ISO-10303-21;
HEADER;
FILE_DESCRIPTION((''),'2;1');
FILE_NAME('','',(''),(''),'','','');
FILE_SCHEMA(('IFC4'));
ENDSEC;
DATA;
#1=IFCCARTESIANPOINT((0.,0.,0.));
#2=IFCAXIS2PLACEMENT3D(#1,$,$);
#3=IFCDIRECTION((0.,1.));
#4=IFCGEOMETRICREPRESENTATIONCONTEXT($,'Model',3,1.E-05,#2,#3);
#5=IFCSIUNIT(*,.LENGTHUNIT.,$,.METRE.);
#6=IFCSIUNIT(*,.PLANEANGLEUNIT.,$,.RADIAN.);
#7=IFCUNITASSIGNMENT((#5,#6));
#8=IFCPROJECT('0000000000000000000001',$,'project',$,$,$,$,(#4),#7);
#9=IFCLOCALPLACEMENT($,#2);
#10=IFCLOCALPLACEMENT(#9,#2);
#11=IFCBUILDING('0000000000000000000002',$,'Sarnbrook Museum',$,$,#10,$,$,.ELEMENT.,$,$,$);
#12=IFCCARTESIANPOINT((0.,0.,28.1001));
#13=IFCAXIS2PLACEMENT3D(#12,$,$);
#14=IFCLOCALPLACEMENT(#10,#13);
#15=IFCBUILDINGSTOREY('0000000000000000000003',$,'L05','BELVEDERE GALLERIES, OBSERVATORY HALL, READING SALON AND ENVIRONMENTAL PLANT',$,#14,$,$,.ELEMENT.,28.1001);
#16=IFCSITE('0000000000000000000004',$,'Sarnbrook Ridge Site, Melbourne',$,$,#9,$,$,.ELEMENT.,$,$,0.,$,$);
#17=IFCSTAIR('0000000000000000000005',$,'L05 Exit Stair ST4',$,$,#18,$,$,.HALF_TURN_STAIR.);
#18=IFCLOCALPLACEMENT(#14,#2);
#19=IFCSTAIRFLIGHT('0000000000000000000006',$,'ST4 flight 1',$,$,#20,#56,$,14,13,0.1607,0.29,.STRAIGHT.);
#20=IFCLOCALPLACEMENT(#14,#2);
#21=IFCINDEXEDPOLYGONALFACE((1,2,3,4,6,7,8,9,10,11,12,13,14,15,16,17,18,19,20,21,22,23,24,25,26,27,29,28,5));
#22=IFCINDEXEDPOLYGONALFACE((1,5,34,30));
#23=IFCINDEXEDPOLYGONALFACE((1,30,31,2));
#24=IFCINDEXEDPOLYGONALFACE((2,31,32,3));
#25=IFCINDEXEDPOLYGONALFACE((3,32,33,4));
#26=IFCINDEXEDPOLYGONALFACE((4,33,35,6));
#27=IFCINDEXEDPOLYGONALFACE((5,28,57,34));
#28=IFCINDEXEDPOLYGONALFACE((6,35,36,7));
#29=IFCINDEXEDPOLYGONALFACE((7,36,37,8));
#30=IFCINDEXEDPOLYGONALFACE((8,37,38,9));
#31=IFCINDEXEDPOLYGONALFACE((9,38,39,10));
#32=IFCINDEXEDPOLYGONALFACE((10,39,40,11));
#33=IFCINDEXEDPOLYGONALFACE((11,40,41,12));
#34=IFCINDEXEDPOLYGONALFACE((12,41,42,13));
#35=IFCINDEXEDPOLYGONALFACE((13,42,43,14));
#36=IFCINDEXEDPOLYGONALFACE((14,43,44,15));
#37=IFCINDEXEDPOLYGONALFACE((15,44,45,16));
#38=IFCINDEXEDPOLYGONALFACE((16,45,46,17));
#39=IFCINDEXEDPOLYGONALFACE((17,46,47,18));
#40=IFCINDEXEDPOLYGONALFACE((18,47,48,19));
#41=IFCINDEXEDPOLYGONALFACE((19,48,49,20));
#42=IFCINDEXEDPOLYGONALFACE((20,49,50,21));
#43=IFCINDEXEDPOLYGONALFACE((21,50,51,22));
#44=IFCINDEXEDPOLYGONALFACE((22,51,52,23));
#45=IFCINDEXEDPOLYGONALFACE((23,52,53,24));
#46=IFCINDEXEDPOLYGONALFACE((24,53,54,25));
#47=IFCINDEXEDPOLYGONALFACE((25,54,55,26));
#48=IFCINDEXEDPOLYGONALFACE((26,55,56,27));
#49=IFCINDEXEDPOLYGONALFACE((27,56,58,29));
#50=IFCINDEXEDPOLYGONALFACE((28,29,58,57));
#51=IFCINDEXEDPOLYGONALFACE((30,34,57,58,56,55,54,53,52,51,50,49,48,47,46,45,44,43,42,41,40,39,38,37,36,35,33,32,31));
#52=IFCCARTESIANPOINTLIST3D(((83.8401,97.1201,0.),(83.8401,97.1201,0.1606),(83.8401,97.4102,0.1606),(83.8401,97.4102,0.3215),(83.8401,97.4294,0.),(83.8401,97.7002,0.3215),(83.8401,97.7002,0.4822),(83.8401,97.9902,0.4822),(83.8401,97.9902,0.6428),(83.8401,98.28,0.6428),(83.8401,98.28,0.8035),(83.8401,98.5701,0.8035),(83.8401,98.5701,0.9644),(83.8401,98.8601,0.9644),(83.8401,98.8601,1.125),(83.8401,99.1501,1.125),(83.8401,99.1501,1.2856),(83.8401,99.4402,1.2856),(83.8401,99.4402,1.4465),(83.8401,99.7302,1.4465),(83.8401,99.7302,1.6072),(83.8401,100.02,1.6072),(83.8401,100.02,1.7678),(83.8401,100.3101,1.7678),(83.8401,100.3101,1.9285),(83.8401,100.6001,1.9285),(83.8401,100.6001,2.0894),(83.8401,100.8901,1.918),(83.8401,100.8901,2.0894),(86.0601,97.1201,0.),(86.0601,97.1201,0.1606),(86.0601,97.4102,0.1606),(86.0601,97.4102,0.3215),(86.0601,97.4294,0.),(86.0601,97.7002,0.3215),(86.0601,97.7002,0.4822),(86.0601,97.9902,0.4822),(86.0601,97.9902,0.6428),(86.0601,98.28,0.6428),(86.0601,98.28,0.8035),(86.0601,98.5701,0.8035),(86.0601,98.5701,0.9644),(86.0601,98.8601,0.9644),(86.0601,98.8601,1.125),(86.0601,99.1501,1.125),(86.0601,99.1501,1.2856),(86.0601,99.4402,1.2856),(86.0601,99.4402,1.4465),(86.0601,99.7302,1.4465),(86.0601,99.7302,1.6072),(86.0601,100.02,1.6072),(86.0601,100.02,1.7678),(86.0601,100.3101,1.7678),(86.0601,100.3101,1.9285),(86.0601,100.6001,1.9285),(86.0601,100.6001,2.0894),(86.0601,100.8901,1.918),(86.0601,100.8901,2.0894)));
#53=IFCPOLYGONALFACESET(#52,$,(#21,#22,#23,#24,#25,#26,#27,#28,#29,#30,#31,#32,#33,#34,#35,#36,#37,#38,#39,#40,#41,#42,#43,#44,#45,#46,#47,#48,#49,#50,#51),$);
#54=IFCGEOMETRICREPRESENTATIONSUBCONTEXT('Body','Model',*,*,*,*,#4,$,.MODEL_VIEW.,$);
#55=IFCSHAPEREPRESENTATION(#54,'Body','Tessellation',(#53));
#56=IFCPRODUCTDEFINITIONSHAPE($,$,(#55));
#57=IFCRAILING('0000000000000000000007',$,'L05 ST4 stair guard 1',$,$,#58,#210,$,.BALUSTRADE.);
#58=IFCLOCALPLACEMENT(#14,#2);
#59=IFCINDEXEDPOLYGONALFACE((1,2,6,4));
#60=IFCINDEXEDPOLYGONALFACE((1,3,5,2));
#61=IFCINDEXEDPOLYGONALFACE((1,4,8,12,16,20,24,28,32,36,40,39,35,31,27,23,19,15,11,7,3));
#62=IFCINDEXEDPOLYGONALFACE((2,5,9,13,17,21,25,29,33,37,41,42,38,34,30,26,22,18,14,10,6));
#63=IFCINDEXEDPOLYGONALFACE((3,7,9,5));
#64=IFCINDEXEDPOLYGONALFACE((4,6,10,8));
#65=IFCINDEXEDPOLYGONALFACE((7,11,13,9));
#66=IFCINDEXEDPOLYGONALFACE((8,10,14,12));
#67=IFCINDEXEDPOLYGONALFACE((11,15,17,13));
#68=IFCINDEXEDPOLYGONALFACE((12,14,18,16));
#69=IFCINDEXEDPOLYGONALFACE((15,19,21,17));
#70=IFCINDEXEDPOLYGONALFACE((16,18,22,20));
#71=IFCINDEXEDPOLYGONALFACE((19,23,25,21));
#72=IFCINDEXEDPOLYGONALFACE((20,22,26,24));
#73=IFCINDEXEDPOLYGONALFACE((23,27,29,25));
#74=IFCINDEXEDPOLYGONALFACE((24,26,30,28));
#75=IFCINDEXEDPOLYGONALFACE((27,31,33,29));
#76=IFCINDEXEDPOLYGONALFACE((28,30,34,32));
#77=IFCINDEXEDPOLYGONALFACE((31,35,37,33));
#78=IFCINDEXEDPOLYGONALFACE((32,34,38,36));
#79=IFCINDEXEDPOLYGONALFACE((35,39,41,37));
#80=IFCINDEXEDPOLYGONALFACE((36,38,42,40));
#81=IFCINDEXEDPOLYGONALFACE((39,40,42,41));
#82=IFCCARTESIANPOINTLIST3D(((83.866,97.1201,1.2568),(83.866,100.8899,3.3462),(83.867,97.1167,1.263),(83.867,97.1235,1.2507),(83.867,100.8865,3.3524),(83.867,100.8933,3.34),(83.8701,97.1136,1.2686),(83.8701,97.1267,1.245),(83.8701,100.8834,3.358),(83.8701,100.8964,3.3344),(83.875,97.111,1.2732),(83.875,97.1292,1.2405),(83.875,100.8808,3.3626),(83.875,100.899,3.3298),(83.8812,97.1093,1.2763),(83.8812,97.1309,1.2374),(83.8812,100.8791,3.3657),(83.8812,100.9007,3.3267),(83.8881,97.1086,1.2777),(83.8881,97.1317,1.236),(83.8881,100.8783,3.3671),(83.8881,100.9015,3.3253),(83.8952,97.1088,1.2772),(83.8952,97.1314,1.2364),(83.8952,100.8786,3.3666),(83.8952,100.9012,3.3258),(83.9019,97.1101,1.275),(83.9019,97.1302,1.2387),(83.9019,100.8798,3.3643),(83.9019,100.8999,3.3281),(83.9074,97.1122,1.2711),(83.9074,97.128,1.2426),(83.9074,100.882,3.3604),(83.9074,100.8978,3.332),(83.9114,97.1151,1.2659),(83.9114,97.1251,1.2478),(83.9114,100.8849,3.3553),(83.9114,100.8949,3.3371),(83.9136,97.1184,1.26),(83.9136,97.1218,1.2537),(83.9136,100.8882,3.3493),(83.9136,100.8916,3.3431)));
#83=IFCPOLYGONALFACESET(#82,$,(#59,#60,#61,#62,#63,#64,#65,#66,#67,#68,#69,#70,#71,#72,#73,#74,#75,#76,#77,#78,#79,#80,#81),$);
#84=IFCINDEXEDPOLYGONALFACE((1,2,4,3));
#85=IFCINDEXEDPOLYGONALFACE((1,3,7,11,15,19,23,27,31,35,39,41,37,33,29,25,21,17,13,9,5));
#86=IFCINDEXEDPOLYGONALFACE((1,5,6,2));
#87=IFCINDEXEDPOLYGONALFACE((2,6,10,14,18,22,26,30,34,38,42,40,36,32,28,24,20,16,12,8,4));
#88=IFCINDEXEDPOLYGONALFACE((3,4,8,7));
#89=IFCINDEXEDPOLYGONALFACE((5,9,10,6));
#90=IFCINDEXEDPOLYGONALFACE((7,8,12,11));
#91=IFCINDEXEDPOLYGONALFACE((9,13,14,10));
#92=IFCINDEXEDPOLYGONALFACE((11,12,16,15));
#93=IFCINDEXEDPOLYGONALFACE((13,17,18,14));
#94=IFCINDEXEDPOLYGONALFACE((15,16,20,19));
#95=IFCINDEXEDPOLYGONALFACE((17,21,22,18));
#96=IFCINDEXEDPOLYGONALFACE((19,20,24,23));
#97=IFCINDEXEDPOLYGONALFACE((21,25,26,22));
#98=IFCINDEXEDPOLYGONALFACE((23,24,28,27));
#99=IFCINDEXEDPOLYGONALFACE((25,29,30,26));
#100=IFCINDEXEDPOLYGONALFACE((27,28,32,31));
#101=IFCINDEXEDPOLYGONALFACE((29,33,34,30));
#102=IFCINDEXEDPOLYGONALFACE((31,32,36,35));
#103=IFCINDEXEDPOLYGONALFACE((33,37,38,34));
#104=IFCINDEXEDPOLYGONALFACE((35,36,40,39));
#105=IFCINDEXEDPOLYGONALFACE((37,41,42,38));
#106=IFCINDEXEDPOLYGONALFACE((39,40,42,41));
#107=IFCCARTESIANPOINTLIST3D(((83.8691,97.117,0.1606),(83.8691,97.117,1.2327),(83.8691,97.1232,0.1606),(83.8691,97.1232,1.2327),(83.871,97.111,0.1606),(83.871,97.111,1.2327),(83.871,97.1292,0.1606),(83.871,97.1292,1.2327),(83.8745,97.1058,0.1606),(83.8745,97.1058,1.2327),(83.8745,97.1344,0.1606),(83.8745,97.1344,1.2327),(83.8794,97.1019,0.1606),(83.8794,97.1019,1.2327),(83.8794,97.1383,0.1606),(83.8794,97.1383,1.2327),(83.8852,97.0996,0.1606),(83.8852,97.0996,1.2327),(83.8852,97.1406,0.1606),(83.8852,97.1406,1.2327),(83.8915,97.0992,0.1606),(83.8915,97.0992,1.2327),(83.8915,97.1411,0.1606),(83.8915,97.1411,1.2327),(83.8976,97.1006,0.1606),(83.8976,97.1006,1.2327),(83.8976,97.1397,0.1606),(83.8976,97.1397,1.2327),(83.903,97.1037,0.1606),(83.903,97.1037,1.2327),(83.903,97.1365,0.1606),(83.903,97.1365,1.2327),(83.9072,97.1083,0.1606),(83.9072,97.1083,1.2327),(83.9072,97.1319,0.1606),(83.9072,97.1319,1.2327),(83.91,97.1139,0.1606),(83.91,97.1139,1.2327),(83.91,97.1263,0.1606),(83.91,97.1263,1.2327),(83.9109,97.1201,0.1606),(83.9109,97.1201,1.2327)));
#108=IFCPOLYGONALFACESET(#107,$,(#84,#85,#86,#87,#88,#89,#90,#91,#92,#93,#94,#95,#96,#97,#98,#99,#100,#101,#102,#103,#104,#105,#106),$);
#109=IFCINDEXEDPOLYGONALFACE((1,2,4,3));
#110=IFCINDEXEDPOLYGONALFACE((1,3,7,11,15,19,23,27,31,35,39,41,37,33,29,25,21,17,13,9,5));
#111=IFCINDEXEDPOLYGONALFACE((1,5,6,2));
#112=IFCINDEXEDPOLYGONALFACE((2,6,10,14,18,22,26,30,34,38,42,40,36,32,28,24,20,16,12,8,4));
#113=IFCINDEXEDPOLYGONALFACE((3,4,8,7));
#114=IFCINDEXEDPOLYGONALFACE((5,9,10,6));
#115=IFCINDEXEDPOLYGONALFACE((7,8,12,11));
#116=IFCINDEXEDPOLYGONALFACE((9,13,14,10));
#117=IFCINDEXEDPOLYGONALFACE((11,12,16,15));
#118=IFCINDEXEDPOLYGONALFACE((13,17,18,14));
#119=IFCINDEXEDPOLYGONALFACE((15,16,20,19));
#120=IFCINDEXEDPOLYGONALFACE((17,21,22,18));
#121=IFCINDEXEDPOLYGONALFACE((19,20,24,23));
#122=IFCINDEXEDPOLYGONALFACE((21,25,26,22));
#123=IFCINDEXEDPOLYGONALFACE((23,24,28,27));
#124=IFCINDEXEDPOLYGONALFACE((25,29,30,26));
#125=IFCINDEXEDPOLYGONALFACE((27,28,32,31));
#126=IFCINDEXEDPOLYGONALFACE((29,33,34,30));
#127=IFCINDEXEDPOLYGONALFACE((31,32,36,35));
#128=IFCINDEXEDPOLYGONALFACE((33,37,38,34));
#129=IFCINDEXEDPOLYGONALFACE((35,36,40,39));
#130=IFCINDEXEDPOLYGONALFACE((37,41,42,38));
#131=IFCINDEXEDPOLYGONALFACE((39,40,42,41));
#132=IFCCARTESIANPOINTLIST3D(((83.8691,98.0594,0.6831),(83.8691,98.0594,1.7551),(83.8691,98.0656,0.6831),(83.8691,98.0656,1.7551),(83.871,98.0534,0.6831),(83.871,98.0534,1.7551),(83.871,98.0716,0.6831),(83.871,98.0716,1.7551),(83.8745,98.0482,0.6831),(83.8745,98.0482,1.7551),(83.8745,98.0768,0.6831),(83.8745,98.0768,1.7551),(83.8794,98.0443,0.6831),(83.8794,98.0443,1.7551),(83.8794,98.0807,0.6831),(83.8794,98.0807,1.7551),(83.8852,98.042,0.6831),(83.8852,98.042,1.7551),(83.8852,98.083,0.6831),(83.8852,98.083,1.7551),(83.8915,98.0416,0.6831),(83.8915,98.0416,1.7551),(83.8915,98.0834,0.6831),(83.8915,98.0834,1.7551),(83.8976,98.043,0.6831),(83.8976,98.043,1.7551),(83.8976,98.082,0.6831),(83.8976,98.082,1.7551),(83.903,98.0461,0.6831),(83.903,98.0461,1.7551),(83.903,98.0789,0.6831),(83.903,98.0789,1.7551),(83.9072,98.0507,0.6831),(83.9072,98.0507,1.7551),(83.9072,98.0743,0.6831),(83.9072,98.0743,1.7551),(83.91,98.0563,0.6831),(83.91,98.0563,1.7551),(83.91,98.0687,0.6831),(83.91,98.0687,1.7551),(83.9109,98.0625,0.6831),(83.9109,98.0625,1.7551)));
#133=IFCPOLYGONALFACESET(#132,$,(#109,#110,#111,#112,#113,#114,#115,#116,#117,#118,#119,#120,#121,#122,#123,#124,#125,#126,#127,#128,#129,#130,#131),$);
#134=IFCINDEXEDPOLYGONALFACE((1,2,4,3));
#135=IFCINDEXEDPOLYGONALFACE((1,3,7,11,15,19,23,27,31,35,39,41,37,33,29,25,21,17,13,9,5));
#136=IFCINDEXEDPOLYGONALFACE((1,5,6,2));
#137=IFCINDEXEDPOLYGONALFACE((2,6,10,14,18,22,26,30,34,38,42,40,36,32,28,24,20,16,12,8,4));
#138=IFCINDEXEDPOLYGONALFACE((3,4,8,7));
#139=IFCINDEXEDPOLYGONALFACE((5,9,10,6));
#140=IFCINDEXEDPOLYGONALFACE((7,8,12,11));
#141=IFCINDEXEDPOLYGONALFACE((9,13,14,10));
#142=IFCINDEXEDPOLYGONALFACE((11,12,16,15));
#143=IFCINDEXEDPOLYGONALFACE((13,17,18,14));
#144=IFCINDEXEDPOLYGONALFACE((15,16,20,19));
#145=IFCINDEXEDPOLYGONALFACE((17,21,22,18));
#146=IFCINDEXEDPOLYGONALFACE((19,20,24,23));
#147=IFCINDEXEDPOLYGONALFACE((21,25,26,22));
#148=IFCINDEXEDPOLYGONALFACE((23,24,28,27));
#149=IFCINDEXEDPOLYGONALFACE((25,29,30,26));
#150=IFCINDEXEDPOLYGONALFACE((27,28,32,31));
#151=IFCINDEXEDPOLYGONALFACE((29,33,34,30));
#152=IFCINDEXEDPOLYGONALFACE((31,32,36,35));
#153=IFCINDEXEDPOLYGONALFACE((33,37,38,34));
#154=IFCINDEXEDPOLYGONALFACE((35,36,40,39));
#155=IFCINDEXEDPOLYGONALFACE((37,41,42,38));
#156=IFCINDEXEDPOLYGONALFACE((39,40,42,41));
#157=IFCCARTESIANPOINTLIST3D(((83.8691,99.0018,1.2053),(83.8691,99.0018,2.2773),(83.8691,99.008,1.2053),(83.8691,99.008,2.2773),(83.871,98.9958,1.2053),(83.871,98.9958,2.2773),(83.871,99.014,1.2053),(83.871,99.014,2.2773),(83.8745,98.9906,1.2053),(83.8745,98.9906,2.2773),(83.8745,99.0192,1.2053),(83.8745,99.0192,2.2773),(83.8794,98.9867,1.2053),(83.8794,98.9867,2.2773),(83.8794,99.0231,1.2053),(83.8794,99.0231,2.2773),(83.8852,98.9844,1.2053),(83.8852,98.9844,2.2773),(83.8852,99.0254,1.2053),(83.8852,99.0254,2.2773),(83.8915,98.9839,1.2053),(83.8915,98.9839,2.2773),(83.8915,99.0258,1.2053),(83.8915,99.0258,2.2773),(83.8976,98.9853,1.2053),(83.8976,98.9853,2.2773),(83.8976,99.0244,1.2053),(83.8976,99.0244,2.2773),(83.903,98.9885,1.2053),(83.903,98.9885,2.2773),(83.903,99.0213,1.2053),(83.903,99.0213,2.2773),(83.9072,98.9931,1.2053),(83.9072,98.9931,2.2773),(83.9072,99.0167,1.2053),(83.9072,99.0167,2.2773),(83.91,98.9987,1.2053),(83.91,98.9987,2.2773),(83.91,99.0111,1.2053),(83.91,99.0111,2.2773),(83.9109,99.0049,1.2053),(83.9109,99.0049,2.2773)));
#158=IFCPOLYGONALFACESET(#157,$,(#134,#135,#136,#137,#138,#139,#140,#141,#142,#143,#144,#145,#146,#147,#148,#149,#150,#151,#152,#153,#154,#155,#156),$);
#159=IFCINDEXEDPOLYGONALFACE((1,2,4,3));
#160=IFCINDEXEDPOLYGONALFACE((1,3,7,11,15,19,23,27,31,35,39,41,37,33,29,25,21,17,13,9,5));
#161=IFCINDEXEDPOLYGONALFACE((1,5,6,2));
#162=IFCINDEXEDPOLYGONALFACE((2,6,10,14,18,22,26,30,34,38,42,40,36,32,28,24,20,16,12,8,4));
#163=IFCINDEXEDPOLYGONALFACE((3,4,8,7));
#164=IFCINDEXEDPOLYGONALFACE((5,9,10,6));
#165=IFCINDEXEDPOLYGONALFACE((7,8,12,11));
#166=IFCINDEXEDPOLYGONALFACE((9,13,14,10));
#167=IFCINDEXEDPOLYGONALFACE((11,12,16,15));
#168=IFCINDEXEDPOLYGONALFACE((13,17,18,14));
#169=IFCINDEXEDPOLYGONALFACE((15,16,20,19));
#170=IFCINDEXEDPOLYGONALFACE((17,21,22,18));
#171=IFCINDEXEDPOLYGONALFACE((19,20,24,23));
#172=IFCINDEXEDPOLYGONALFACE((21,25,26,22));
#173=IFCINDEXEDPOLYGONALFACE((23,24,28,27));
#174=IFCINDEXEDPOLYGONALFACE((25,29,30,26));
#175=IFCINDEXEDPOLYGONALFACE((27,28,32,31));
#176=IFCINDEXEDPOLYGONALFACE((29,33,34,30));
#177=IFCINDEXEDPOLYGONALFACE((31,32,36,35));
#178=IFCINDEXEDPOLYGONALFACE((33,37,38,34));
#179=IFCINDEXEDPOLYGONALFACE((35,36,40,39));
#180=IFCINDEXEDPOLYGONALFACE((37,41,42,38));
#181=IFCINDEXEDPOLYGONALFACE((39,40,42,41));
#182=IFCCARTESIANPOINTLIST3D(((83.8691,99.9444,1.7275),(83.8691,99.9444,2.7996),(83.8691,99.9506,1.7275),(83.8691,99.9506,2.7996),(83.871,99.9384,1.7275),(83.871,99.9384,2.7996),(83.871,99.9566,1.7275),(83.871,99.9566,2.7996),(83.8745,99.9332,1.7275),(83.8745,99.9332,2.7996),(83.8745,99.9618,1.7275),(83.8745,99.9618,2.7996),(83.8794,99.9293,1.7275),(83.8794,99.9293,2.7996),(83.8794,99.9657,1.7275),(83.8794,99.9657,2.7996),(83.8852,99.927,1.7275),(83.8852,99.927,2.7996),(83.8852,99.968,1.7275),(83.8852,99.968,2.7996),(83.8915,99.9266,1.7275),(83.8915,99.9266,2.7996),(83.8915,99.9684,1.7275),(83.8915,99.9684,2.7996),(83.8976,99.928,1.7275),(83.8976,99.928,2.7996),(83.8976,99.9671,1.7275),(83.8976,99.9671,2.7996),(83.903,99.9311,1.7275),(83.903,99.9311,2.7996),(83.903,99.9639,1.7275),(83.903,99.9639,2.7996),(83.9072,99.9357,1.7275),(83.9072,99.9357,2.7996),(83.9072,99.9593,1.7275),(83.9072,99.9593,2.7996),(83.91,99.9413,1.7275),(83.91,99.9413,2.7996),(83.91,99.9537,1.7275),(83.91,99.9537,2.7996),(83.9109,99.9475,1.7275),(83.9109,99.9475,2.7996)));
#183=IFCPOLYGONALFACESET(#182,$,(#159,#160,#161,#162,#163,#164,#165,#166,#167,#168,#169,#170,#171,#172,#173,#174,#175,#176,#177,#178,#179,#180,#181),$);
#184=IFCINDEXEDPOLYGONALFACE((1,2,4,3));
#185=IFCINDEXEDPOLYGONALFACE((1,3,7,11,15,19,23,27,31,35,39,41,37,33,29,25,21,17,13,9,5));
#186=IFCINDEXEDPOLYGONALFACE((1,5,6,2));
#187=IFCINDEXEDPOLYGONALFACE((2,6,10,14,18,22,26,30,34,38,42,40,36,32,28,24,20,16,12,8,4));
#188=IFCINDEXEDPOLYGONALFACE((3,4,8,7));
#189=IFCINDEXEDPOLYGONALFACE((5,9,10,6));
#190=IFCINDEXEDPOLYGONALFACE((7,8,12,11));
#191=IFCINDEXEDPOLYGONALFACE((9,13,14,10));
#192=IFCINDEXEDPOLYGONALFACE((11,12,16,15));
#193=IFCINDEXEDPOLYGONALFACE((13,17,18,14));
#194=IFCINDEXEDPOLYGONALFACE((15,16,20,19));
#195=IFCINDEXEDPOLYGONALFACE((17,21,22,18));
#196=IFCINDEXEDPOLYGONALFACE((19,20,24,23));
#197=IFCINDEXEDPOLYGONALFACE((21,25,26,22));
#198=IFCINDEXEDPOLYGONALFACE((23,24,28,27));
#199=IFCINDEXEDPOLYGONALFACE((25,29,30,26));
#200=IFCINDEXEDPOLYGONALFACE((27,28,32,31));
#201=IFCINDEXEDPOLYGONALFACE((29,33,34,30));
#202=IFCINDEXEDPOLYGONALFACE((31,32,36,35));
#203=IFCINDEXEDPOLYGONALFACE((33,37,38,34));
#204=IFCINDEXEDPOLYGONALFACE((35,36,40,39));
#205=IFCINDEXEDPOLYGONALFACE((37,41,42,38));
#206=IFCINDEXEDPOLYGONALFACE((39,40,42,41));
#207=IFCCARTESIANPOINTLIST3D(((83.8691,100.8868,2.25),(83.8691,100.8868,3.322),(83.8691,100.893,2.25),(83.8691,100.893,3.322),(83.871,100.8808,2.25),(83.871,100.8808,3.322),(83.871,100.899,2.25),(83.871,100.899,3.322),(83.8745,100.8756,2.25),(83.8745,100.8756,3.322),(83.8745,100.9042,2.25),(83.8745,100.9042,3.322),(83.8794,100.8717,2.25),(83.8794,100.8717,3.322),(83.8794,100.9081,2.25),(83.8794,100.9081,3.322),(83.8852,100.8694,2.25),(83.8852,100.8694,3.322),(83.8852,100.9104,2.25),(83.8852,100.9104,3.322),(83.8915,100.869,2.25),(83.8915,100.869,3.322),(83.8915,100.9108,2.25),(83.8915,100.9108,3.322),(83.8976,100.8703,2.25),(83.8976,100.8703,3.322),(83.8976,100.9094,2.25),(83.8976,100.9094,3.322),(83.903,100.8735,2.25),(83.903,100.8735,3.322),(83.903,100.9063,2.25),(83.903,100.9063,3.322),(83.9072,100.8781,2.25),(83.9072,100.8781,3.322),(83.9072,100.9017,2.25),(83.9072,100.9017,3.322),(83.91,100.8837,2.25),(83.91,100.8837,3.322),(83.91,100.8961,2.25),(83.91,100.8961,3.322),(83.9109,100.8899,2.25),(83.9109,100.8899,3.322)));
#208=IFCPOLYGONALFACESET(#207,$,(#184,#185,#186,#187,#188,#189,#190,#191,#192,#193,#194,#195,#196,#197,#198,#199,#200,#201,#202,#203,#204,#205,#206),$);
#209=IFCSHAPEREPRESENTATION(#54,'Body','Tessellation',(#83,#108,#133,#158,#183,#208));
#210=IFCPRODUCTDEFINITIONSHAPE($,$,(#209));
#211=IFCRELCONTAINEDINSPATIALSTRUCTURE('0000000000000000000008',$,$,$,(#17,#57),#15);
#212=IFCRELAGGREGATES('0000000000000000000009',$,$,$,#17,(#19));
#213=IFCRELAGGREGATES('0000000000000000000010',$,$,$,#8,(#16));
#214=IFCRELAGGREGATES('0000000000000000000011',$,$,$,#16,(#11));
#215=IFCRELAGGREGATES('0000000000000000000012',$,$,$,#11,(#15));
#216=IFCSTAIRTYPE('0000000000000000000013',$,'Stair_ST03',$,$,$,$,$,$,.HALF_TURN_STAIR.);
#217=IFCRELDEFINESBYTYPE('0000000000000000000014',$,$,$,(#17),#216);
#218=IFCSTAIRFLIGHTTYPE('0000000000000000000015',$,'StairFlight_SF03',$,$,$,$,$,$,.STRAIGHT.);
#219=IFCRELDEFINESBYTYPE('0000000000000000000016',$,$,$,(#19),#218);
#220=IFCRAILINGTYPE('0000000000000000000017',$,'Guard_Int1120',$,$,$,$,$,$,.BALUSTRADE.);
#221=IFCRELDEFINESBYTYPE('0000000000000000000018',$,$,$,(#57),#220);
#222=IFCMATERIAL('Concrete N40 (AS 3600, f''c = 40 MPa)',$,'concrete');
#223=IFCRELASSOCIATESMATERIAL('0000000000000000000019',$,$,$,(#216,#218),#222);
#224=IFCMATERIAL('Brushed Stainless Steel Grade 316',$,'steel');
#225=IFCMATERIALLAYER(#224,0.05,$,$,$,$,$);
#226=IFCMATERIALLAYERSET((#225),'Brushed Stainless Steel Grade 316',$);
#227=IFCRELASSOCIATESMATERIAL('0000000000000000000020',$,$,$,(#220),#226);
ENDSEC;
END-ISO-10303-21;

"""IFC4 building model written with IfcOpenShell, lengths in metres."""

from ifc_helpers import new_model, si_unit, direction, frame, origin, origin_2d, place, context, subcontext, project, spatial, polyline, circle, outline, extrude, material, layer, layer_set, type_object, element, aggregate, save


model = new_model("IFC4")

# Units and contexts
model_context = context("Model", 3, precision=1e-05, world=origin(), true_north=direction((0.0, 1.0)))
body_context = subcontext(model_context, "Body", "Model", "MODEL_VIEW")
ifc_project = project(units=[si_unit("LENGTHUNIT", "METRE"), si_unit("PLANEANGLEUNIT", "RADIAN")], contexts=[model_context])

# Site, building, storey
site_placement = place(None, origin())
site = spatial("IfcSite", under=ifc_project, at=site_placement, Name="Sarnbrook Ridge Site, Melbourne", CompositionType="ELEMENT", RefElevation=0.0)
building_placement = place(site_placement, origin())
building = spatial("IfcBuilding", under=site, at=building_placement, Name="Sarnbrook Museum", CompositionType="ELEMENT")
storey_placement = place(building_placement, frame((0.0, 0.0, 28.1001)))
storey = spatial("IfcBuildingStorey", under=building, at=storey_placement, Name="L05", Description="BELVEDERE GALLERIES, OBSERVATORY HALL, READING SALON AND ENVIRONMENTAL PLANT", CompositionType="ELEMENT", Elevation=28.1001)

# Shared definitions
ifc_material_1 = material(Name="Concrete N40 (AS 3600, f'c = 40 MPa)", Category="concrete")

# Shared definitions
ifc_material_2 = material(Name="Brushed Stainless Steel Grade 316", Category="steel")

# Stair, stair flight
stair_type = type_object("IfcStairType", Name="Stair_ST03", PredefinedType="HALF_TURN_STAIR", material=ifc_material_1)
stair_placement = place(storey_placement, origin())
stair = element("IfcStair", 1, at=stair_placement, inside=storey, type_object=stair_type, Name="L05 Exit Stair ST4", PredefinedType="HALF_TURN_STAIR")
stair_flight_type = type_object("IfcStairFlightType", Name="StairFlight_SF03", PredefinedType="STRAIGHT", material=ifc_material_1)
stair_flight_placement = place(storey_placement, frame((84.95, 97.1201, 0.0), z_axis=(0.0, 0.0, 1.0), x_axis=(0.0, 1.0, 0.0)))
stair_flight = element("IfcStairFlight", 2, at=stair_flight_placement, type_object=stair_flight_type, Name="ST4 flight 1", NumberOfRisers=14, NumberOfTreads=13, PredefinedType="STRAIGHT", RiserHeight=0.1607, TreadLength=0.29, context=body_context, shape_type="SweptSolid", body=[
    extrude(outline(polyline([(0.0, 0.0), (0.0, 0.1606), (0.29, 0.1606), (0.29, 0.3215), (0.5801, 0.3215), (0.5801, 0.4822), (0.8701, 0.4822), (0.8701, 0.6428), (1.1599, 0.6428), (1.1599, 0.8035), (1.45, 0.8035), (1.45, 0.9644), (1.74, 0.9644), (1.74, 1.125), (2.03, 1.125), (2.03, 1.2856), (2.3201, 1.2856), (2.3201, 1.4465), (2.6101, 1.4465), (2.6101, 1.6072), (2.8999, 1.6072), (2.8999, 1.7678), (3.1899, 1.7678), (3.1899, 1.9285), (3.48, 1.9285), (3.48, 2.0894), (3.77, 2.0894), (3.77, 2.25), (3.77, 1.918), (0.3093, 0.0), (0.0, 0.0)])), frame((0.0, 1.1099, 0.0), z_axis=(0.0, -1.0, 0.0), x_axis=(1.0, 0.0, 0.0)), (0.0, 0.0, 1.0), 2.22),
])
aggregate(stair, [stair_flight])

# Railing
ifc_layer_1 = layer(ifc_material_2, 0.05)
ifc_layer_set_1 = layer_set([ifc_layer_1], Name="Brushed Stainless Steel Grade 316")
railing_type = type_object("IfcRailingType", Name="Guard_Int1120", PredefinedType="BALUSTRADE", material=ifc_layer_set_1)
railing_1_placement = place(storey_placement, frame((83.8899, 97.1201, 0.1606)))
element("IfcRailing", 3, at=railing_1_placement, inside=storey, type_object=railing_type, Name="L05 ST4 stair guard 1", PredefinedType="BALUSTRADE", context=body_context, shape_type="SweptSolid", body=[
    extrude(circle(Radius=0.0239, at=origin_2d()), frame((0.0, 0.0, 1.0962), z_axis=(0.0, 0.874646, 0.484763), x_axis=(-1.0, 0.0, 0.0)), (0.0, 0.0, 1.0), 4.3101),
    extrude(circle(Radius=0.021, at=origin_2d()), origin(), (0.0, 0.0, 1.0), 1.072),
    extrude(circle(Radius=0.021, at=origin_2d()), frame((0.0, 0.9424, 0.5225)), (0.0, 0.0, 1.0), 1.072),
    extrude(circle(Radius=0.021, at=origin_2d()), frame((0.0, 1.8848, 1.0447)), (0.0, 0.0, 1.0), 1.072),
    extrude(circle(Radius=0.021, at=origin_2d()), frame((0.0, 2.8274, 1.5669)), (0.0, 0.0, 1.0), 1.072),
    extrude(circle(Radius=0.021, at=origin_2d()), frame((0.0, 3.7698, 2.0894)), (0.0, 0.0, 1.0), 1.072),
])

save(model, "model.ifc")
